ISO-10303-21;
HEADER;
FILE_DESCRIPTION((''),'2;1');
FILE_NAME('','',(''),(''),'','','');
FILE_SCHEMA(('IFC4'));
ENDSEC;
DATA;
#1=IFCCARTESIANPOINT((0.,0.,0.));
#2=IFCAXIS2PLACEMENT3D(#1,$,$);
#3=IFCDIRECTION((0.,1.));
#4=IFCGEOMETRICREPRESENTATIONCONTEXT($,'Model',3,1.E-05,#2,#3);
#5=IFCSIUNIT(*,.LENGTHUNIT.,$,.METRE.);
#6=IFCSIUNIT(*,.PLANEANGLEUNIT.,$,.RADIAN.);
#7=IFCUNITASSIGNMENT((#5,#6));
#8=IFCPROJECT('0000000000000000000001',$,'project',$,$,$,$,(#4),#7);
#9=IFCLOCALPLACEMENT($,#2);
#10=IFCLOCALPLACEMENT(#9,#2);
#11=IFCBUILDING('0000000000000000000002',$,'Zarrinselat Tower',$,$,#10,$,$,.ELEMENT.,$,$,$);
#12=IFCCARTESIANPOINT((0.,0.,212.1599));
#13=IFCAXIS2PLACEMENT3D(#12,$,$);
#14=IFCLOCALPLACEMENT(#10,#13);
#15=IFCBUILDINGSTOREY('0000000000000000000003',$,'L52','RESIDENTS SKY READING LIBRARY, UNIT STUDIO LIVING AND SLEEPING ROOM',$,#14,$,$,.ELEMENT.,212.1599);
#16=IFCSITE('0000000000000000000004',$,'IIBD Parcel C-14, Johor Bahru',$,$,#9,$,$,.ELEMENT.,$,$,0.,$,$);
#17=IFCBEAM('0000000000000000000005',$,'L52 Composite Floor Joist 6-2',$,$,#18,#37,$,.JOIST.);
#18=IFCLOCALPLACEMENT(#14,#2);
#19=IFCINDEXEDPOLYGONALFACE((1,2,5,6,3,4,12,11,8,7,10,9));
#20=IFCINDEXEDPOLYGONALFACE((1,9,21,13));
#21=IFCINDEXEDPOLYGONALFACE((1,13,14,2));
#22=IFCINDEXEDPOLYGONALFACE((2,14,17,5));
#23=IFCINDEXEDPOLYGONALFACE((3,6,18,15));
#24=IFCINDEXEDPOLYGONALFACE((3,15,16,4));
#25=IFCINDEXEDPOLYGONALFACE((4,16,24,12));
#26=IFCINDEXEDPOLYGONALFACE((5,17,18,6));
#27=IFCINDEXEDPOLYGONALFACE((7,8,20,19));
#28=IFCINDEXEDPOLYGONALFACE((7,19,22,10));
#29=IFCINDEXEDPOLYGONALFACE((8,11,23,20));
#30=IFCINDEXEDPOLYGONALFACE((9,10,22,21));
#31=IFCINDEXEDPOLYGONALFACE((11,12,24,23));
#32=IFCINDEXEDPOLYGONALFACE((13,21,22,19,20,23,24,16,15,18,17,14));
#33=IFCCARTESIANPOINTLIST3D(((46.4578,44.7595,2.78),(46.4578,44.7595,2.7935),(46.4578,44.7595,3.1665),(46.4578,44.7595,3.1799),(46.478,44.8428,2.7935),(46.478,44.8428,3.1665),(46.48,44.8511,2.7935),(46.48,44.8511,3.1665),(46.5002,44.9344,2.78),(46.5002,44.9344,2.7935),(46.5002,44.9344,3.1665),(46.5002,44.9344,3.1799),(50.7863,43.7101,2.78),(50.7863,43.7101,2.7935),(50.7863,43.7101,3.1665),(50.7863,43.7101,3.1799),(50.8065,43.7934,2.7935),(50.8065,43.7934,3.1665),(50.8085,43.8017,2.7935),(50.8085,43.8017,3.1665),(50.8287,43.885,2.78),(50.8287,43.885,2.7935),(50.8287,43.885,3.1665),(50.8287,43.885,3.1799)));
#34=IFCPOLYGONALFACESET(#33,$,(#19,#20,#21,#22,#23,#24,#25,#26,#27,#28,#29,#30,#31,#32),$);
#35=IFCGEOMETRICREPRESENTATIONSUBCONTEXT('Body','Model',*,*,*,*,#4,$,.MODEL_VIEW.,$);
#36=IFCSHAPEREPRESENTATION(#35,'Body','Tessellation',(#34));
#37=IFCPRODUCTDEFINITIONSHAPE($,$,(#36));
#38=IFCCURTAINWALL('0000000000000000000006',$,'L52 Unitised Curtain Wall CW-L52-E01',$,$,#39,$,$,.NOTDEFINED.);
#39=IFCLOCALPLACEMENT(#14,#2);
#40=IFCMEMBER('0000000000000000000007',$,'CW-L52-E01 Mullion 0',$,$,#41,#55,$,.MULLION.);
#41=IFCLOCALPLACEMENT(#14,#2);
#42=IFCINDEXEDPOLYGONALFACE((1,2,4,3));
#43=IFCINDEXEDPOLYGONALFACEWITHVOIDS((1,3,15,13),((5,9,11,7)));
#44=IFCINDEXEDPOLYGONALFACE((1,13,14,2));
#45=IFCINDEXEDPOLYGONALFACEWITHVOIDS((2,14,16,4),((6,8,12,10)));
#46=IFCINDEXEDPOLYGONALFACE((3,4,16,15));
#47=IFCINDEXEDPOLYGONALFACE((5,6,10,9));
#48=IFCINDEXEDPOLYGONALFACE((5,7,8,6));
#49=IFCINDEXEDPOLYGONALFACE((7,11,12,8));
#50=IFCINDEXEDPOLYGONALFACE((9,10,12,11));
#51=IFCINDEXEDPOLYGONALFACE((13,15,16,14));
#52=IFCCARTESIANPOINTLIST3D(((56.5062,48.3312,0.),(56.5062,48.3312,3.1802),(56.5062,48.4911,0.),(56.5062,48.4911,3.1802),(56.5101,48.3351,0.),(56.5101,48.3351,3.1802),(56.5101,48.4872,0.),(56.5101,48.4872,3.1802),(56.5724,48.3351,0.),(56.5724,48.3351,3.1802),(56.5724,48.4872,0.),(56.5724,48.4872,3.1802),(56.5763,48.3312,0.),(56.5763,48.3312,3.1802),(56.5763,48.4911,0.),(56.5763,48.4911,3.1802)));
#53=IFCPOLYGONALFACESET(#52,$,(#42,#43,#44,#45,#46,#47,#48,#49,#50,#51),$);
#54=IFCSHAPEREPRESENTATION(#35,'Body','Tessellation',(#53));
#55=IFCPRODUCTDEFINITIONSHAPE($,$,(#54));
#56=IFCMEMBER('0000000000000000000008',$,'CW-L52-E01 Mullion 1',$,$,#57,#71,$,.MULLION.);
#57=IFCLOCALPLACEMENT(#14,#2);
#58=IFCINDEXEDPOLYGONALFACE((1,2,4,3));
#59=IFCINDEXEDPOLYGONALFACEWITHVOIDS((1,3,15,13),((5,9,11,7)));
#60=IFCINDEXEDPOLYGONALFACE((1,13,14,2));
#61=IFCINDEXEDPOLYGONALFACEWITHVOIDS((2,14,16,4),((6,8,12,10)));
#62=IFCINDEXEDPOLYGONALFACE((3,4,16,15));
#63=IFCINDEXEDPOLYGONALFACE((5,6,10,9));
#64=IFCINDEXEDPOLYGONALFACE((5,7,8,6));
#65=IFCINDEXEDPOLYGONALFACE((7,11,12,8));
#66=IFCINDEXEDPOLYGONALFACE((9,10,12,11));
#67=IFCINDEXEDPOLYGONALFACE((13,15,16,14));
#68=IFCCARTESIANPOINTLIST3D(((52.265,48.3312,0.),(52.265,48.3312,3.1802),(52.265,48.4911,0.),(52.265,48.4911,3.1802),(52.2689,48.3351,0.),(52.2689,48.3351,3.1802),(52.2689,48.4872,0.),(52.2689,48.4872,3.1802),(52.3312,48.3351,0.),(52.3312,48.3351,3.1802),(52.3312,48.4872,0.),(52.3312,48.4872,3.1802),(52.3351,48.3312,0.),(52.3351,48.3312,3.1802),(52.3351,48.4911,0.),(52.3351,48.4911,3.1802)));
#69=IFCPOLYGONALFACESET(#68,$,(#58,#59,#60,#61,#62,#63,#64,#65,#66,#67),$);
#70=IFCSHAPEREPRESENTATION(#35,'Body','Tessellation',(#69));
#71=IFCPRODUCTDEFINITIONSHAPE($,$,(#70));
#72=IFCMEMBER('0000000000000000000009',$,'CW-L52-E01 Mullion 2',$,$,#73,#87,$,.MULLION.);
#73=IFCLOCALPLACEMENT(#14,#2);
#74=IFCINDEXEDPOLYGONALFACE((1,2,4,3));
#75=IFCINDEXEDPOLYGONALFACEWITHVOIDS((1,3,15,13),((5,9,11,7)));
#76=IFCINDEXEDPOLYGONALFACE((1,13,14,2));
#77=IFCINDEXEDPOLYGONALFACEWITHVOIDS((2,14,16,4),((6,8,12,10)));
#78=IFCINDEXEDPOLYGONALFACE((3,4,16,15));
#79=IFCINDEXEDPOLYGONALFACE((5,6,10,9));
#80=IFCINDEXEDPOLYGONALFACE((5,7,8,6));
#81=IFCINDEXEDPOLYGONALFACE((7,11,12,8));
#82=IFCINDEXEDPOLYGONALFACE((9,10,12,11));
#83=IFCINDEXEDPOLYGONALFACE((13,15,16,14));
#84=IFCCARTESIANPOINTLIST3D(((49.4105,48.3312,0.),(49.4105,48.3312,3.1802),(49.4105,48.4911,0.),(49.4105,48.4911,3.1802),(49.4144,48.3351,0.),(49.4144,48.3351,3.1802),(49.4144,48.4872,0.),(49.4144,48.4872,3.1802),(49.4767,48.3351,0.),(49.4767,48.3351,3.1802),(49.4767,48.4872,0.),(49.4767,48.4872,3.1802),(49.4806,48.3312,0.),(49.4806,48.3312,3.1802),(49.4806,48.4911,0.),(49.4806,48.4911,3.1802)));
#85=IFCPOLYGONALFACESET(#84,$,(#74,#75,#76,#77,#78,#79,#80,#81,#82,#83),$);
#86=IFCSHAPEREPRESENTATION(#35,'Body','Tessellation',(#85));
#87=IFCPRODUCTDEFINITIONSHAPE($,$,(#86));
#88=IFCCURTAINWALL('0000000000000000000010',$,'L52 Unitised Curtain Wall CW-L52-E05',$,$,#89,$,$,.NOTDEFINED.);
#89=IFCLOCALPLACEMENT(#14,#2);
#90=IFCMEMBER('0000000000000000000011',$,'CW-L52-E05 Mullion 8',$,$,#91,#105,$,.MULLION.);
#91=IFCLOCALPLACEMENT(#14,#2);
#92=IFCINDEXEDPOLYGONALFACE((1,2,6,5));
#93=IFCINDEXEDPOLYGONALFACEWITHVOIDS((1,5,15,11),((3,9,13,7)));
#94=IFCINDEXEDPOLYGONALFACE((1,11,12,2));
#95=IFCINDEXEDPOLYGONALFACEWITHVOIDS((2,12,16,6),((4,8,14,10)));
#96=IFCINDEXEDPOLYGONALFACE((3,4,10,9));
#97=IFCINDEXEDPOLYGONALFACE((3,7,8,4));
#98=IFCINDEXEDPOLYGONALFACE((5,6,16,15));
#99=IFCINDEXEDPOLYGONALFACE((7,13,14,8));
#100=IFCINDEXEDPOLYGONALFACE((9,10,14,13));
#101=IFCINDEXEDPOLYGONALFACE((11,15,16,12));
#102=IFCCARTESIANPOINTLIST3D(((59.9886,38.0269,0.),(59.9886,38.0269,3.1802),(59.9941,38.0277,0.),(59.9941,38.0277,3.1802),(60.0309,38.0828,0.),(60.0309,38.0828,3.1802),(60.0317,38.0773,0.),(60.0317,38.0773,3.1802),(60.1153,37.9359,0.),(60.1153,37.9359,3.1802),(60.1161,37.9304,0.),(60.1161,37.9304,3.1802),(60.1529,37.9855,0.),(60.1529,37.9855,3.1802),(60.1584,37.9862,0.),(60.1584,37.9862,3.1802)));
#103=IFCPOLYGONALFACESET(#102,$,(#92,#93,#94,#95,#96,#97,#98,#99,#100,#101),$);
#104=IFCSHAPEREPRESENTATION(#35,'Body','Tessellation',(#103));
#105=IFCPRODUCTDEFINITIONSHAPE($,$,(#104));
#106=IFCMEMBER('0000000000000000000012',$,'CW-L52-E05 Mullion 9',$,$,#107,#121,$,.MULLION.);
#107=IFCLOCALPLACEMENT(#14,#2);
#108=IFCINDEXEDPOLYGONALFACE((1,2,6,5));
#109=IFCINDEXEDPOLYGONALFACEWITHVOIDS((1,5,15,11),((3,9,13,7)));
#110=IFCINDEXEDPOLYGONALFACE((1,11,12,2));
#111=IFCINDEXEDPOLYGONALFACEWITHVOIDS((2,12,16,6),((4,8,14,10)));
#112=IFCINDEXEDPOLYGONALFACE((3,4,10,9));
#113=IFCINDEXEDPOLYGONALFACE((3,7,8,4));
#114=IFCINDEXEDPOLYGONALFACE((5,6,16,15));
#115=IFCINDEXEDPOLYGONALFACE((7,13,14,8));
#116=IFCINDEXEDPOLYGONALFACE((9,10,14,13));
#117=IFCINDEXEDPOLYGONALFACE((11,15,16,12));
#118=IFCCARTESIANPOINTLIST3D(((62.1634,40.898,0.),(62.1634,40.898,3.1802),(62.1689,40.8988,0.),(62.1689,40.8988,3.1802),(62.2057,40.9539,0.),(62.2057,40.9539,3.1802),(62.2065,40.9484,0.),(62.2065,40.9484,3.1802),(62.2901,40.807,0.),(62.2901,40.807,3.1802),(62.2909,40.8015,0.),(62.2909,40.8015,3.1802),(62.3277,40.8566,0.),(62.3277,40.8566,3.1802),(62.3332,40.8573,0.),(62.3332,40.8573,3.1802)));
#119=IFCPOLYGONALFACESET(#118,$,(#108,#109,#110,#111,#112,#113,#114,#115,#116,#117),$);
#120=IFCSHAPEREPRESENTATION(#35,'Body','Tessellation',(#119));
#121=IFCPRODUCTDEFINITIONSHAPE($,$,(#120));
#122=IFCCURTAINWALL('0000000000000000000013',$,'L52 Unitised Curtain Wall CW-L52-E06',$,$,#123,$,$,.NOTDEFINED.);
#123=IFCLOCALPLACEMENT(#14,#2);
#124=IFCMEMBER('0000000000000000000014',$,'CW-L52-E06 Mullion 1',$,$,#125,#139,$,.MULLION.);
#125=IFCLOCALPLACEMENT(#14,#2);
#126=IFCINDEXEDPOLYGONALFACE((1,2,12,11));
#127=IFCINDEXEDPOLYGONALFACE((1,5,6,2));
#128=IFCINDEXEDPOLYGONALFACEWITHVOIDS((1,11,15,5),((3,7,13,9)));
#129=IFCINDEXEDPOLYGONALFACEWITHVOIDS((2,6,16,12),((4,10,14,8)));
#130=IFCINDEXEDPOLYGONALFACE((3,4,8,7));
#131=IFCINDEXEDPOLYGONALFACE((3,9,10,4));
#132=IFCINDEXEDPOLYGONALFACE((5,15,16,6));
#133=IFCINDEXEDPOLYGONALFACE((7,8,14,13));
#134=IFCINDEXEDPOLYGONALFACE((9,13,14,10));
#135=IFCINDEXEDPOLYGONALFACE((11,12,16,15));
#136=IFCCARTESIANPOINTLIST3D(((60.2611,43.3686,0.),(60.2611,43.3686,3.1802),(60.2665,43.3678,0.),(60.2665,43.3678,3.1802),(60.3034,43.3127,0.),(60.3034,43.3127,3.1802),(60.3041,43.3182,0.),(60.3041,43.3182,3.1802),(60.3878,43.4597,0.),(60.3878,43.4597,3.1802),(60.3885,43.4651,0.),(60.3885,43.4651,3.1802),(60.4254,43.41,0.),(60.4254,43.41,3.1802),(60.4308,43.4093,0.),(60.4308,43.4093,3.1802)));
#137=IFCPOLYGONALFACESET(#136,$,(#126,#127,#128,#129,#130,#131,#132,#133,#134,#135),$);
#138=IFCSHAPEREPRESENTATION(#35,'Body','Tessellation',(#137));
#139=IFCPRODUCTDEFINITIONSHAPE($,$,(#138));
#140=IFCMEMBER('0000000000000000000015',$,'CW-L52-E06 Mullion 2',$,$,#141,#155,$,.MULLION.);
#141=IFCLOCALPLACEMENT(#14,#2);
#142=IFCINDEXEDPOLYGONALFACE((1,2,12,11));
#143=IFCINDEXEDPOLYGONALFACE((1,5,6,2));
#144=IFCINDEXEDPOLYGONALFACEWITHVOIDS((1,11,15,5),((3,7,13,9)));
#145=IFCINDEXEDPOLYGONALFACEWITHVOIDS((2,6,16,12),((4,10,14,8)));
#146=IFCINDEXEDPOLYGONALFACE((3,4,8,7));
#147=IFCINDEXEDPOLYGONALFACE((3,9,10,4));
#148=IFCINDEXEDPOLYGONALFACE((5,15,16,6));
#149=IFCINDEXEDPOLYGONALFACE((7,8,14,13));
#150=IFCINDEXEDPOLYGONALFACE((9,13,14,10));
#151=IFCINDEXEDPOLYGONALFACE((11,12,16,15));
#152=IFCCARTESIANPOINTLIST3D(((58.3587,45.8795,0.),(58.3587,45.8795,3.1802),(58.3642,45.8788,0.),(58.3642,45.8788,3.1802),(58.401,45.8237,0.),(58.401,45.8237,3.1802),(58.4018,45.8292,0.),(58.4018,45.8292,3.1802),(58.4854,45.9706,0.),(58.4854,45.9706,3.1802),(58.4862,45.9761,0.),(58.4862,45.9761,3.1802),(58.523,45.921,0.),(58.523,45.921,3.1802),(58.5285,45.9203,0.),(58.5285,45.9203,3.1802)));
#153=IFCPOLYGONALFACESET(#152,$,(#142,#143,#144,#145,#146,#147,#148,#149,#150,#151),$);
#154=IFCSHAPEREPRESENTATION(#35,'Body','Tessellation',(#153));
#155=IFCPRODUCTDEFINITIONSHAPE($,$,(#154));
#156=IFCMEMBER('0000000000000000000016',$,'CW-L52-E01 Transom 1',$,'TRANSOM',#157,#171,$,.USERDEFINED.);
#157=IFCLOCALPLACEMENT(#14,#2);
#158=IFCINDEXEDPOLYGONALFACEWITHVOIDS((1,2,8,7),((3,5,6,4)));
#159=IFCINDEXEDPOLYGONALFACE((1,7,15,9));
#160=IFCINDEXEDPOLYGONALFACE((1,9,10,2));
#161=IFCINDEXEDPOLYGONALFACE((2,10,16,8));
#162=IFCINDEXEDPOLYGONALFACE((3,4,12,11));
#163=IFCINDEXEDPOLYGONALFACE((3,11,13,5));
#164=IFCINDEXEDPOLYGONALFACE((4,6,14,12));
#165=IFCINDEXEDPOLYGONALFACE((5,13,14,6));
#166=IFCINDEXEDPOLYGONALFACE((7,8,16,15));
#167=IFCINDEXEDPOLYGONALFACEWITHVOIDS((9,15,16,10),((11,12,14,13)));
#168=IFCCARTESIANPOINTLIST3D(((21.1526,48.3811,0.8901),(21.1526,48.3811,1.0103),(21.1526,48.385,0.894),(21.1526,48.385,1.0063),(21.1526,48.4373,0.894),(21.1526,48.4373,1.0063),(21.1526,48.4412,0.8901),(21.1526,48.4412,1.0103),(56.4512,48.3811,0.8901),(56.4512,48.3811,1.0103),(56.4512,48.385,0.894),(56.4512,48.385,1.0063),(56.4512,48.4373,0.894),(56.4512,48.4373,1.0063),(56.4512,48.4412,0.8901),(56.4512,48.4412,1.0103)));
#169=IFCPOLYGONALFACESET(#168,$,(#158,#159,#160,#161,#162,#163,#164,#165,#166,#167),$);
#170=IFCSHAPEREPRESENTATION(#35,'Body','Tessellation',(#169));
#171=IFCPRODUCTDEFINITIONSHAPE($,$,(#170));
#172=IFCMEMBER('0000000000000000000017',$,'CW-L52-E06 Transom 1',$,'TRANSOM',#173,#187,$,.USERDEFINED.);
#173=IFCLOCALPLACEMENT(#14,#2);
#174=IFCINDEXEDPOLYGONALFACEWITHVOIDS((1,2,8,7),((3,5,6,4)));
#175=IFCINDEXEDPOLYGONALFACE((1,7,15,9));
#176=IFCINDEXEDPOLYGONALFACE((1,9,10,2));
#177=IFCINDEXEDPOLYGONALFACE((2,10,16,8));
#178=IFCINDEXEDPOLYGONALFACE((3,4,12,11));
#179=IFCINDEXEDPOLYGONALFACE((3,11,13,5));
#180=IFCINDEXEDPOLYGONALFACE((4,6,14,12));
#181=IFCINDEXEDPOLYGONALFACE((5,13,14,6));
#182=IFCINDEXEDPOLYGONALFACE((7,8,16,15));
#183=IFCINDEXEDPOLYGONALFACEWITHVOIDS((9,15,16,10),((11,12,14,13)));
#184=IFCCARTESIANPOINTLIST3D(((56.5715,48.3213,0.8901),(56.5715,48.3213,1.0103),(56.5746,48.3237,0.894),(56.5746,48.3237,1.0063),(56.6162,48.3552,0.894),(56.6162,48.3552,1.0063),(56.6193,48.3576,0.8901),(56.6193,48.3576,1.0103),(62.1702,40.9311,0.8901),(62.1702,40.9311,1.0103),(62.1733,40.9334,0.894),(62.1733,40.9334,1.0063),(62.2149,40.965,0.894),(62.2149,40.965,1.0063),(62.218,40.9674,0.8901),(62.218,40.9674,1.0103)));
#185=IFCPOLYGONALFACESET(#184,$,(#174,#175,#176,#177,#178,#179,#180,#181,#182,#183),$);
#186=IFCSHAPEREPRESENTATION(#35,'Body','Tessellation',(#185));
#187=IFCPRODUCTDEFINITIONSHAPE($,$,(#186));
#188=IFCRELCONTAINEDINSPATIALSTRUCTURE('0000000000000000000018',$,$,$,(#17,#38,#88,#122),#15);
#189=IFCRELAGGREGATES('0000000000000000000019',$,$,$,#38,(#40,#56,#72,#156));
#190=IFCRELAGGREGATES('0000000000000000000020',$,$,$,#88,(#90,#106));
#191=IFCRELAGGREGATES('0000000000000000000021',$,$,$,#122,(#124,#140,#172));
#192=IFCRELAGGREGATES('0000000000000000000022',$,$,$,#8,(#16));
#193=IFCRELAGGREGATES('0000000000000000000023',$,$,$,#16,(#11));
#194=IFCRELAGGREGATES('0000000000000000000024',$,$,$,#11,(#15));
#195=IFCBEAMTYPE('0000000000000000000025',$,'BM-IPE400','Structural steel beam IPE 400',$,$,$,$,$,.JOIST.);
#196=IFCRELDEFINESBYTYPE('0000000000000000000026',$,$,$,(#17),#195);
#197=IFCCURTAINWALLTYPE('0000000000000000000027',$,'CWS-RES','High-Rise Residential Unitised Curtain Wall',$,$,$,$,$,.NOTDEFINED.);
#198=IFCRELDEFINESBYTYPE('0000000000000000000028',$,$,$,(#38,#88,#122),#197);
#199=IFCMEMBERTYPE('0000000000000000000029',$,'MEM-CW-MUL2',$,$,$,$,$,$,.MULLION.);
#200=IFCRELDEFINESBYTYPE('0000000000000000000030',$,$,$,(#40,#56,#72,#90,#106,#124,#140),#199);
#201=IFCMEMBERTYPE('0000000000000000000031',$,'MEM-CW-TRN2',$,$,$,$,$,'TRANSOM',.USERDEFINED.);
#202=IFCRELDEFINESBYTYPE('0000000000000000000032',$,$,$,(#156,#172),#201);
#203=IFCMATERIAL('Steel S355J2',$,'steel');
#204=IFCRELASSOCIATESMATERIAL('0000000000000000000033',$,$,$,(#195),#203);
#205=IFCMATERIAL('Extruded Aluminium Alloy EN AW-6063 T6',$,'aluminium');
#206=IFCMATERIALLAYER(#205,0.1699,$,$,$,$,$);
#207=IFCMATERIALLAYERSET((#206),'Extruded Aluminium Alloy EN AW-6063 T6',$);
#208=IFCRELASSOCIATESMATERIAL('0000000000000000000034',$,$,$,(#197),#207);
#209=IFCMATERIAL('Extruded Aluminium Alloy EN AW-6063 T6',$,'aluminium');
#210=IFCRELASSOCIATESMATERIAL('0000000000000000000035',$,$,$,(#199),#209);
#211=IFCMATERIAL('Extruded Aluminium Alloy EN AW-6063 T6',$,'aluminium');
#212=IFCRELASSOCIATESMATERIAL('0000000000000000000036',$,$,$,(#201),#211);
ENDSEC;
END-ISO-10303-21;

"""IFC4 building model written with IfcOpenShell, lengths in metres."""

from ifc_helpers import new_model, si_unit, direction, frame, origin, origin_2d, place, context, subcontext, project, spatial, hollow_rectangle, i_section, extrude, material, layer, layer_set, material_profile, profile_set, type_object, element, aggregate, save


model = new_model("IFC4")

# Units and contexts
model_context = context("Model", 3, precision=1e-05, world=origin(), true_north=direction((0.0, 1.0)))
body_context = subcontext(model_context, "Body", "Model", "MODEL_VIEW")
ifc_project = project(units=[si_unit("LENGTHUNIT", "METRE"), si_unit("PLANEANGLEUNIT", "RADIAN")], contexts=[model_context])

# Site, building, storey
site_placement = place(None, origin())
site = spatial("IfcSite", under=ifc_project, at=site_placement, Name="IIBD Parcel C-14, Johor Bahru", CompositionType="ELEMENT", RefElevation=0.0)
building_placement = place(site_placement, origin())
building = spatial("IfcBuilding", under=site, at=building_placement, Name="Zarrinselat Tower", CompositionType="ELEMENT")
storey_placement = place(building_placement, frame((0.0, 0.0, 212.1599)))
storey = spatial("IfcBuildingStorey", under=building, at=storey_placement, Name="L52", Description="RESIDENTS SKY READING LIBRARY, UNIT STUDIO LIVING AND SLEEPING ROOM", CompositionType="ELEMENT", Elevation=212.1599)

# Beam
ifc_material_1 = material(Name="Steel S355J2", Category="steel")
ifc_material_profile_1 = material_profile(ifc_material_1, i_section(OverallWidth=0.1799, OverallDepth=0.3999, WebThickness=0.0085, FlangeThickness=0.0134, at=origin_2d()), Name="IPE 400")
ifc_profile_set_1 = profile_set([ifc_material_profile_1], Name="Steel S355J2")
beam_type_1 = type_object("IfcBeamType", Name="BM-IPE400", Description="Structural steel beam IPE 400", PredefinedType="JOIST", material=ifc_profile_set_1)
beam_1_placement = place(storey_placement, frame((46.479, 44.8469, 2.98), z_axis=(0.971849, -0.235603, 0.0), x_axis=(0.235603, 0.971849, 0.0)))
element("IfcBeam", 1, at=beam_1_placement, inside=storey, type_object=beam_type_1, Name="L52 Composite Floor Joist 6-2", PredefinedType="JOIST", context=body_context, shape_type="SweptSolid", body=[
    extrude(i_section(OverallWidth=0.1799, OverallDepth=0.3999, WebThickness=0.0085, FlangeThickness=0.0134, at=origin_2d()), origin(), (0.0, 0.0, 1.0), 4.4539),
])

# Curtain walls, members
ifc_material_2 = material(Name="Extruded Aluminium Alloy EN AW-6063 T6", Category="aluminium")
ifc_layer_1 = layer(ifc_material_2, 0.1699)
ifc_layer_set_1 = layer_set([ifc_layer_1], Name="Extruded Aluminium Alloy EN AW-6063 T6")
curtain_wall_type = type_object("IfcCurtainWallType", Name="CWS-RES", Description="High-Rise Residential Unitised Curtain Wall", PredefinedType="NOTDEFINED", material=ifc_layer_set_1)
curtain_wall_1_placement = place(storey_placement, origin())
curtain_wall_1 = element("IfcCurtainWall", 2, at=curtain_wall_1_placement, inside=storey, type_object=curtain_wall_type, Name="L52 Unitised Curtain Wall CW-L52-E01", PredefinedType="NOTDEFINED")
ifc_material_3 = material(Name="Extruded Aluminium Alloy EN AW-6063 T6", Category="aluminium")
ifc_material_profile_2 = material_profile(ifc_material_3, hollow_rectangle(XDim=0.0701, YDim=0.1599, WallThickness=0.0039, at=origin_2d()), Name="RHS 160x70x4")
ifc_profile_set_2 = profile_set([ifc_material_profile_2], Name="Extruded Aluminium Alloy EN AW-6063 T6")
member_type_1 = type_object("IfcMemberType", Name="MEM-CW-MUL2", PredefinedType="MULLION", material=ifc_profile_set_2)
member_1_placement = place(storey_placement, frame((56.5413, 48.4111, 0.0), z_axis=(0.0, 0.0, 1.0), x_axis=(-1.0, 0.0, 0.0)))
member_1 = element("IfcMember", 3, at=member_1_placement, type_object=member_type_1, Name="CW-L52-E01 Mullion 0", PredefinedType="MULLION", context=body_context, shape_type="SweptSolid", body=[
    extrude(hollow_rectangle(XDim=0.0701, YDim=0.1599, WallThickness=0.0039, at=origin_2d()), origin(), (0.0, 0.0, 1.0), 3.1802),
])
member_2_placement = place(storey_placement, frame((52.3, 48.4111, 0.0), z_axis=(0.0, 0.0, 1.0), x_axis=(-1.0, 0.0, 0.0)))
member_2 = element("IfcMember", 4, at=member_2_placement, type_object=member_type_1, Name="CW-L52-E01 Mullion 1", PredefinedType="MULLION", context=body_context, shape_type="SweptSolid", body=[
    extrude(hollow_rectangle(XDim=0.0701, YDim=0.1599, WallThickness=0.0039, at=origin_2d()), origin(), (0.0, 0.0, 1.0), 3.1802),
])
member_3_placement = place(storey_placement, frame((49.4456, 48.4111, 0.0), z_axis=(0.0, 0.0, 1.0), x_axis=(-1.0, 0.0, 0.0)))
member_3 = element("IfcMember", 5, at=member_3_placement, type_object=member_type_1, Name="CW-L52-E01 Mullion 2", PredefinedType="MULLION", context=body_context, shape_type="SweptSolid", body=[
    extrude(hollow_rectangle(XDim=0.0701, YDim=0.1599, WallThickness=0.0039, at=origin_2d()), origin(), (0.0, 0.0, 1.0), 3.1802),
])
curtain_wall_2_placement = place(storey_placement, origin())
curtain_wall_2 = element("IfcCurtainWall", 6, at=curtain_wall_2_placement, inside=storey, type_object=curtain_wall_type, Name="L52 Unitised Curtain Wall CW-L52-E05", PredefinedType="NOTDEFINED")
member_4_placement = place(storey_placement, frame((60.0735, 38.0066, 0.0), z_axis=(0.0, 0.0, 1.0), x_axis=(0.603859, 0.797091, 0.0)))
member_4 = element("IfcMember", 7, at=member_4_placement, type_object=member_type_1, Name="CW-L52-E05 Mullion 8", PredefinedType="MULLION", context=body_context, shape_type="SweptSolid", body=[
    extrude(hollow_rectangle(XDim=0.0701, YDim=0.1599, WallThickness=0.0039, at=origin_2d()), origin(), (0.0, 0.0, 1.0), 3.1802),
])
member_5_placement = place(storey_placement, frame((62.2483, 40.8777, 0.0), z_axis=(0.0, 0.0, 1.0), x_axis=(0.603859, 0.797091, 0.0)))
member_5 = element("IfcMember", 8, at=member_5_placement, type_object=member_type_1, Name="CW-L52-E05 Mullion 9", PredefinedType="MULLION", context=body_context, shape_type="SweptSolid", body=[
    extrude(hollow_rectangle(XDim=0.0701, YDim=0.1599, WallThickness=0.0039, at=origin_2d()), origin(), (0.0, 0.0, 1.0), 3.1802),
])
curtain_wall_3_placement = place(storey_placement, origin())
curtain_wall_3 = element("IfcCurtainWall", 9, at=curtain_wall_3_placement, inside=storey, type_object=curtain_wall_type, Name="L52 Unitised Curtain Wall CW-L52-E06", PredefinedType="NOTDEFINED")
member_6_placement = place(storey_placement, frame((60.3459, 43.3889, 0.0), z_axis=(0.0, 0.0, 1.0), x_axis=(-0.603858, 0.797092, 0.0)))
member_6 = element("IfcMember", 10, at=member_6_placement, type_object=member_type_1, Name="CW-L52-E06 Mullion 1", PredefinedType="MULLION", context=body_context, shape_type="SweptSolid", body=[
    extrude(hollow_rectangle(XDim=0.0701, YDim=0.1599, WallThickness=0.0039, at=origin_2d()), origin(), (0.0, 0.0, 1.0), 3.1802),
])
member_7_placement = place(storey_placement, frame((58.4436, 45.8999, 0.0), z_axis=(0.0, 0.0, 1.0), x_axis=(-0.603858, 0.797092, 0.0)))
member_7 = element("IfcMember", 11, at=member_7_placement, type_object=member_type_1, Name="CW-L52-E06 Mullion 2", PredefinedType="MULLION", context=body_context, shape_type="SweptSolid", body=[
    extrude(hollow_rectangle(XDim=0.0701, YDim=0.1599, WallThickness=0.0039, at=origin_2d()), origin(), (0.0, 0.0, 1.0), 3.1802),
])

# Members
ifc_material_4 = material(Name="Extruded Aluminium Alloy EN AW-6063 T6", Category="aluminium")
ifc_material_profile_3 = material_profile(ifc_material_4, hollow_rectangle(XDim=0.0601, YDim=0.1201, WallThickness=0.0039, at=origin_2d()), Name="RHS 120x60x4")
ifc_profile_set_3 = profile_set([ifc_material_profile_3], Name="Extruded Aluminium Alloy EN AW-6063 T6")
member_type_2 = type_object("IfcMemberType", Name="MEM-CW-TRN2", ElementType="TRANSOM", PredefinedType="USERDEFINED", material=ifc_profile_set_3)
member_8_placement = place(storey_placement, frame((56.4512, 48.4111, 0.9502), z_axis=(-1.0, 0.0, 0.0), x_axis=(0.0, -1.0, 0.0)))
member_8 = element("IfcMember", 12, at=member_8_placement, type_object=member_type_2, Name="CW-L52-E01 Transom 1", ObjectType="TRANSOM", PredefinedType="USERDEFINED", context=body_context, shape_type="SweptSolid", body=[
    extrude(hollow_rectangle(XDim=0.0601, YDim=0.1201, WallThickness=0.0039, at=origin_2d()), origin(), (0.0, 0.0, 1.0), 35.2986),
])
member_9_placement = place(storey_placement, frame((62.1941, 40.9492, 0.9502), z_axis=(-0.603861, 0.79709, 0.0), x_axis=(-0.79709, -0.603861, 0.0)))
member_9 = element("IfcMember", 13, at=member_9_placement, type_object=member_type_2, Name="CW-L52-E06 Transom 1", ObjectType="TRANSOM", PredefinedType="USERDEFINED", context=body_context, shape_type="SweptSolid", body=[
    extrude(hollow_rectangle(XDim=0.0601, YDim=0.1201, WallThickness=0.0039, at=origin_2d()), origin(), (0.0, 0.0, 1.0), 9.2715),
])

aggregate(curtain_wall_1, [member_1, member_2, member_3, member_8])
aggregate(curtain_wall_2, [member_4, member_5])
aggregate(curtain_wall_3, [member_6, member_7, member_9])

save(model, "model.ifc")
